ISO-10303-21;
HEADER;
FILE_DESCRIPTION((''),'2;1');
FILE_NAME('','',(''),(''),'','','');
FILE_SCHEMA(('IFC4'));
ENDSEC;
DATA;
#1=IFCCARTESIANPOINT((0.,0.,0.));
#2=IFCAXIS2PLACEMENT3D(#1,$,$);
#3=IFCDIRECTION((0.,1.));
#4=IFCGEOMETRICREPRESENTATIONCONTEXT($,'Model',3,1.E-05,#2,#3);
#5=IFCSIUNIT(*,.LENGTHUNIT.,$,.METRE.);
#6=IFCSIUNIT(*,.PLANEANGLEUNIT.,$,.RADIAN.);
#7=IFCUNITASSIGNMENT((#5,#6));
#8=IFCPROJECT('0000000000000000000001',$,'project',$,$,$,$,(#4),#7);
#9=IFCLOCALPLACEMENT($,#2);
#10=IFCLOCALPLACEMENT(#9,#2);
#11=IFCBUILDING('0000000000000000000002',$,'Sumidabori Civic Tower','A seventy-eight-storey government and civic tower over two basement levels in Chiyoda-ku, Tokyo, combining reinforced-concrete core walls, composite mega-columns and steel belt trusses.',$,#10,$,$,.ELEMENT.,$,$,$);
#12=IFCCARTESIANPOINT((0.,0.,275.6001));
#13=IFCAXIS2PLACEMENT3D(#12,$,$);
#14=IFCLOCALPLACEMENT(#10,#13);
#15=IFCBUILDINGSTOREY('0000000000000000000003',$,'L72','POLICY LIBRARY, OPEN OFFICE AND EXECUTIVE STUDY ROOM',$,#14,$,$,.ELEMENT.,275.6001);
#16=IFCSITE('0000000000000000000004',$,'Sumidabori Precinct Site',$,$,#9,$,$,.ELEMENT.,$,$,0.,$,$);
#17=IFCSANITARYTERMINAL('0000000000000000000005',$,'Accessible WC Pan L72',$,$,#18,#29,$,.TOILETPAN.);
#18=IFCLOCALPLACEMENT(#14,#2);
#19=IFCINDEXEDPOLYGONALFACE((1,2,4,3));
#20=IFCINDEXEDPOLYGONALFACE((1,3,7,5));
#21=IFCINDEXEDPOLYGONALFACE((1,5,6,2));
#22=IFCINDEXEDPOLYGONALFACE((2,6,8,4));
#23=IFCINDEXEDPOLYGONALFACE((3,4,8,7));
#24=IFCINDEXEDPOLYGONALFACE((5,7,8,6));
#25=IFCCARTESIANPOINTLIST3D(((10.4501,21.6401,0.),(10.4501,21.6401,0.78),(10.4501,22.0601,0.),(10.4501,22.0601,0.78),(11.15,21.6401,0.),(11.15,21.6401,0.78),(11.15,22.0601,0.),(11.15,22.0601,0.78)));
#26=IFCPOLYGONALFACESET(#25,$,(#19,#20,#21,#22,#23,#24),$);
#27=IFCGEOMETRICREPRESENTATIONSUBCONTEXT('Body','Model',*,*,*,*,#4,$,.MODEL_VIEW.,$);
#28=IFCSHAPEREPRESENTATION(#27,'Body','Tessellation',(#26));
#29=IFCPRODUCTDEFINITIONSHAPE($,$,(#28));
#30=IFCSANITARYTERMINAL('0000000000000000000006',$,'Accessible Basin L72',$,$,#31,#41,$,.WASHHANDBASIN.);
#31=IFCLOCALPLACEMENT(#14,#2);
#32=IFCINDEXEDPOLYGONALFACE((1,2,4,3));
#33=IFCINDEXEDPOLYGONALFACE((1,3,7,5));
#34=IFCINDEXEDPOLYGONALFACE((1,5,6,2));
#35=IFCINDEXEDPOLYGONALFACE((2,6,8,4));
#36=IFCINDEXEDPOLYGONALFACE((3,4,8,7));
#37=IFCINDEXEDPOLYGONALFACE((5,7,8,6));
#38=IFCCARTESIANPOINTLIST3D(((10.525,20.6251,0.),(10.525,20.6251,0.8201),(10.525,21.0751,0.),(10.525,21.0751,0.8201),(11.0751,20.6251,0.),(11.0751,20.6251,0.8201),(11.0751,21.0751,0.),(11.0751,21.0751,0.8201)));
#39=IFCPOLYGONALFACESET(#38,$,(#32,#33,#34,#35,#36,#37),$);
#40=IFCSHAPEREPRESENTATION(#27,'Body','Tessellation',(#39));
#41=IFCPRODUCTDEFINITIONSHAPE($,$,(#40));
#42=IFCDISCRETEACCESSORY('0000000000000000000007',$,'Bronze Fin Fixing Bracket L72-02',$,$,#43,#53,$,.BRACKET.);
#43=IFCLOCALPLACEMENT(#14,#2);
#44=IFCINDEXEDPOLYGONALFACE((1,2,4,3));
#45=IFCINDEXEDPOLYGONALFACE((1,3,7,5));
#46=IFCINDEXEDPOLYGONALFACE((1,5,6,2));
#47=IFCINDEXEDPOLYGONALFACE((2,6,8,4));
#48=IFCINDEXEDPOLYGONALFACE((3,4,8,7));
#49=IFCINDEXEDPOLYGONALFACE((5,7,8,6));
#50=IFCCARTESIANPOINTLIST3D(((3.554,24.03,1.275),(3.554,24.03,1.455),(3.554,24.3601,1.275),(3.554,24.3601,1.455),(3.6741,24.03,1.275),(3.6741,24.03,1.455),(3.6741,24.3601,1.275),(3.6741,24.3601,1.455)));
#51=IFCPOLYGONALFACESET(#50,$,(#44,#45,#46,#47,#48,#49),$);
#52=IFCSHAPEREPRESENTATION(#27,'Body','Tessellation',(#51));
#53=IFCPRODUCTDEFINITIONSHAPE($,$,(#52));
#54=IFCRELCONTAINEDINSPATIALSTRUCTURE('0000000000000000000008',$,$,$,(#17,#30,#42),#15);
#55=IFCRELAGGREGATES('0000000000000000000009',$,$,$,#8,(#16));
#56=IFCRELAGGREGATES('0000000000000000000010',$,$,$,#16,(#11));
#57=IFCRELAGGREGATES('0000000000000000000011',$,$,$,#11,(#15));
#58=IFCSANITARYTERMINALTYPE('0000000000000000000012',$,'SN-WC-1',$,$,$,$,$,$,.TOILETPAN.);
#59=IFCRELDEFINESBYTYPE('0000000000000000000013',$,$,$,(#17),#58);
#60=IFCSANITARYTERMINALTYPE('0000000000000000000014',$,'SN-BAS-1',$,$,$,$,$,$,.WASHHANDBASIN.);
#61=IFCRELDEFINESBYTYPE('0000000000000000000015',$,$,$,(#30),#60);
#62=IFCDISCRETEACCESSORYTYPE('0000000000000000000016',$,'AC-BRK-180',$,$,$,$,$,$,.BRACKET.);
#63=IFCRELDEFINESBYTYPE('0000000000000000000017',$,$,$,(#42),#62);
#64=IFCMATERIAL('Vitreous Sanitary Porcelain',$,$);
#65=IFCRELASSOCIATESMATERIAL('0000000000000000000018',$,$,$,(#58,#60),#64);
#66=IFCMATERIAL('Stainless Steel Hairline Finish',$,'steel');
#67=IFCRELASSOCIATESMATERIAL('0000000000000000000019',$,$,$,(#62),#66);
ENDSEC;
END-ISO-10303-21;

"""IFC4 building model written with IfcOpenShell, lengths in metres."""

from ifc_helpers import new_model, si_unit, direction, frame, origin, origin_2d, place, context, subcontext, project, spatial, rectangle, extrude, source, transform, mapped, material, material_profile, profile_set, type_object, element, save


model = new_model("IFC4")

# Units and contexts
model_context = context("Model", 3, precision=1e-05, world=origin(), true_north=direction((0.0, 1.0)))
body_context = subcontext(model_context, "Body", "Model", "MODEL_VIEW")
ifc_project = project(units=[si_unit("LENGTHUNIT", "METRE"), si_unit("PLANEANGLEUNIT", "RADIAN")], contexts=[model_context])

# Site, building, storey
site_placement = place(None, origin())
site = spatial("IfcSite", under=ifc_project, at=site_placement, Name="Sumidabori Precinct Site", CompositionType="ELEMENT", RefElevation=0.0)
building_placement = place(site_placement, origin())
building = spatial("IfcBuilding", under=site, at=building_placement, Name="Sumidabori Civic Tower", Description="A seventy-eight-storey government and civic tower over two basement levels in Chiyoda-ku, Tokyo, combining reinforced-concrete core walls, composite mega-columns and steel belt trusses.", CompositionType="ELEMENT")
storey_placement = place(building_placement, frame((0.0, 0.0, 275.6001)))
storey = spatial("IfcBuildingStorey", under=building, at=storey_placement, Name="L72", Description="POLICY LIBRARY, OPEN OFFICE AND EXECUTIVE STUDY ROOM", CompositionType="ELEMENT", Elevation=275.6001)

# Shared definitions
ifc_material_1 = material(Name="Stainless Steel Hairline Finish", Category="steel")

# Sanitary terminals
ifc_material_2 = material(Name="Vitreous Sanitary Porcelain")
sanitary_terminal_type_1 = type_object("IfcSanitaryTerminalType", Name="SN-WC-1", PredefinedType="TOILETPAN", material=ifc_material_2)
shared_shape_1 = source(origin(), body_context, "Body", "SweptSolid", [
    extrude(rectangle(XDim=0.7, YDim=0.4199, at=origin_2d()), origin(), (0.0, 0.0, 1.0), 0.78),
])
sanitary_terminal_1_placement = place(storey_placement, frame((10.8, 21.8501, 0.0), z_axis=(0.0, 0.0, 1.0), x_axis=(1.0, 0.0, 0.0)))
element("IfcSanitaryTerminal", 1, at=sanitary_terminal_1_placement, inside=storey, type_object=sanitary_terminal_type_1, Name="Accessible WC Pan L72", PredefinedType="TOILETPAN", context=body_context, shape_type="MappedRepresentation", body=[
    mapped(shared_shape_1, transform((0.0, 0.0, 0.0), x_axis=(1.0, 0.0, 0.0), y_axis=(0.0, 1.0, 0.0), z_axis=(0.0, 0.0, 1.0), scale=1.0)),
])
sanitary_terminal_type_2 = type_object("IfcSanitaryTerminalType", Name="SN-BAS-1", PredefinedType="WASHHANDBASIN", material=ifc_material_2)
shared_shape_2 = source(origin(), body_context, "Body", "SweptSolid", [
    extrude(rectangle(XDim=0.55, YDim=0.45, at=origin_2d()), origin(), (0.0, 0.0, 1.0), 0.8201),
])
sanitary_terminal_2_placement = place(storey_placement, frame((10.8, 20.8501, 0.0), z_axis=(0.0, 0.0, 1.0), x_axis=(1.0, 0.0, 0.0)))
element("IfcSanitaryTerminal", 2, at=sanitary_terminal_2_placement, inside=storey, type_object=sanitary_terminal_type_2, Name="Accessible Basin L72", PredefinedType="WASHHANDBASIN", context=body_context, shape_type="MappedRepresentation", body=[
    mapped(shared_shape_2, transform((0.0, 0.0, 0.0), x_axis=(1.0, 0.0, 0.0), y_axis=(0.0, 1.0, 0.0), z_axis=(0.0, 0.0, 1.0), scale=1.0)),
])

# Discrete accessory
ifc_material_profile_1 = material_profile(ifc_material_1, rectangle(XDim=0.1201, YDim=0.1799, at=origin_2d()), Name="STEEL BRACKET 180x120")
ifc_profile_set_1 = profile_set([ifc_material_profile_1], Name="Stainless Steel Hairline Finish")
discrete_accessory_type = type_object("IfcDiscreteAccessoryType", Name="AC-BRK-180", PredefinedType="BRACKET", material=ifc_profile_set_1)
shared_shape_3 = source(origin(), body_context, "Body", "SweptSolid", [
    extrude(rectangle(XDim=0.1201, YDim=0.1799, at=origin_2d()), origin(), (0.0, 0.0, 1.0), 0.3301),
])
discrete_accessory_placement = place(storey_placement, frame((3.614, 24.03, 1.365), z_axis=(0.0, 1.0, 0.0), x_axis=(-1.0, 0.0, 0.0)))
element("IfcDiscreteAccessory", 3, at=discrete_accessory_placement, inside=storey, type_object=discrete_accessory_type, Name="Bronze Fin Fixing Bracket L72-02", PredefinedType="BRACKET", context=body_context, shape_type="MappedRepresentation", body=[
    mapped(shared_shape_3, transform((0.0, 0.0, 0.0), x_axis=(1.0, 0.0, 0.0), y_axis=(0.0, 1.0, 0.0), z_axis=(0.0, 0.0, 1.0), scale=1.0)),
])

save(model, "model.ifc")
